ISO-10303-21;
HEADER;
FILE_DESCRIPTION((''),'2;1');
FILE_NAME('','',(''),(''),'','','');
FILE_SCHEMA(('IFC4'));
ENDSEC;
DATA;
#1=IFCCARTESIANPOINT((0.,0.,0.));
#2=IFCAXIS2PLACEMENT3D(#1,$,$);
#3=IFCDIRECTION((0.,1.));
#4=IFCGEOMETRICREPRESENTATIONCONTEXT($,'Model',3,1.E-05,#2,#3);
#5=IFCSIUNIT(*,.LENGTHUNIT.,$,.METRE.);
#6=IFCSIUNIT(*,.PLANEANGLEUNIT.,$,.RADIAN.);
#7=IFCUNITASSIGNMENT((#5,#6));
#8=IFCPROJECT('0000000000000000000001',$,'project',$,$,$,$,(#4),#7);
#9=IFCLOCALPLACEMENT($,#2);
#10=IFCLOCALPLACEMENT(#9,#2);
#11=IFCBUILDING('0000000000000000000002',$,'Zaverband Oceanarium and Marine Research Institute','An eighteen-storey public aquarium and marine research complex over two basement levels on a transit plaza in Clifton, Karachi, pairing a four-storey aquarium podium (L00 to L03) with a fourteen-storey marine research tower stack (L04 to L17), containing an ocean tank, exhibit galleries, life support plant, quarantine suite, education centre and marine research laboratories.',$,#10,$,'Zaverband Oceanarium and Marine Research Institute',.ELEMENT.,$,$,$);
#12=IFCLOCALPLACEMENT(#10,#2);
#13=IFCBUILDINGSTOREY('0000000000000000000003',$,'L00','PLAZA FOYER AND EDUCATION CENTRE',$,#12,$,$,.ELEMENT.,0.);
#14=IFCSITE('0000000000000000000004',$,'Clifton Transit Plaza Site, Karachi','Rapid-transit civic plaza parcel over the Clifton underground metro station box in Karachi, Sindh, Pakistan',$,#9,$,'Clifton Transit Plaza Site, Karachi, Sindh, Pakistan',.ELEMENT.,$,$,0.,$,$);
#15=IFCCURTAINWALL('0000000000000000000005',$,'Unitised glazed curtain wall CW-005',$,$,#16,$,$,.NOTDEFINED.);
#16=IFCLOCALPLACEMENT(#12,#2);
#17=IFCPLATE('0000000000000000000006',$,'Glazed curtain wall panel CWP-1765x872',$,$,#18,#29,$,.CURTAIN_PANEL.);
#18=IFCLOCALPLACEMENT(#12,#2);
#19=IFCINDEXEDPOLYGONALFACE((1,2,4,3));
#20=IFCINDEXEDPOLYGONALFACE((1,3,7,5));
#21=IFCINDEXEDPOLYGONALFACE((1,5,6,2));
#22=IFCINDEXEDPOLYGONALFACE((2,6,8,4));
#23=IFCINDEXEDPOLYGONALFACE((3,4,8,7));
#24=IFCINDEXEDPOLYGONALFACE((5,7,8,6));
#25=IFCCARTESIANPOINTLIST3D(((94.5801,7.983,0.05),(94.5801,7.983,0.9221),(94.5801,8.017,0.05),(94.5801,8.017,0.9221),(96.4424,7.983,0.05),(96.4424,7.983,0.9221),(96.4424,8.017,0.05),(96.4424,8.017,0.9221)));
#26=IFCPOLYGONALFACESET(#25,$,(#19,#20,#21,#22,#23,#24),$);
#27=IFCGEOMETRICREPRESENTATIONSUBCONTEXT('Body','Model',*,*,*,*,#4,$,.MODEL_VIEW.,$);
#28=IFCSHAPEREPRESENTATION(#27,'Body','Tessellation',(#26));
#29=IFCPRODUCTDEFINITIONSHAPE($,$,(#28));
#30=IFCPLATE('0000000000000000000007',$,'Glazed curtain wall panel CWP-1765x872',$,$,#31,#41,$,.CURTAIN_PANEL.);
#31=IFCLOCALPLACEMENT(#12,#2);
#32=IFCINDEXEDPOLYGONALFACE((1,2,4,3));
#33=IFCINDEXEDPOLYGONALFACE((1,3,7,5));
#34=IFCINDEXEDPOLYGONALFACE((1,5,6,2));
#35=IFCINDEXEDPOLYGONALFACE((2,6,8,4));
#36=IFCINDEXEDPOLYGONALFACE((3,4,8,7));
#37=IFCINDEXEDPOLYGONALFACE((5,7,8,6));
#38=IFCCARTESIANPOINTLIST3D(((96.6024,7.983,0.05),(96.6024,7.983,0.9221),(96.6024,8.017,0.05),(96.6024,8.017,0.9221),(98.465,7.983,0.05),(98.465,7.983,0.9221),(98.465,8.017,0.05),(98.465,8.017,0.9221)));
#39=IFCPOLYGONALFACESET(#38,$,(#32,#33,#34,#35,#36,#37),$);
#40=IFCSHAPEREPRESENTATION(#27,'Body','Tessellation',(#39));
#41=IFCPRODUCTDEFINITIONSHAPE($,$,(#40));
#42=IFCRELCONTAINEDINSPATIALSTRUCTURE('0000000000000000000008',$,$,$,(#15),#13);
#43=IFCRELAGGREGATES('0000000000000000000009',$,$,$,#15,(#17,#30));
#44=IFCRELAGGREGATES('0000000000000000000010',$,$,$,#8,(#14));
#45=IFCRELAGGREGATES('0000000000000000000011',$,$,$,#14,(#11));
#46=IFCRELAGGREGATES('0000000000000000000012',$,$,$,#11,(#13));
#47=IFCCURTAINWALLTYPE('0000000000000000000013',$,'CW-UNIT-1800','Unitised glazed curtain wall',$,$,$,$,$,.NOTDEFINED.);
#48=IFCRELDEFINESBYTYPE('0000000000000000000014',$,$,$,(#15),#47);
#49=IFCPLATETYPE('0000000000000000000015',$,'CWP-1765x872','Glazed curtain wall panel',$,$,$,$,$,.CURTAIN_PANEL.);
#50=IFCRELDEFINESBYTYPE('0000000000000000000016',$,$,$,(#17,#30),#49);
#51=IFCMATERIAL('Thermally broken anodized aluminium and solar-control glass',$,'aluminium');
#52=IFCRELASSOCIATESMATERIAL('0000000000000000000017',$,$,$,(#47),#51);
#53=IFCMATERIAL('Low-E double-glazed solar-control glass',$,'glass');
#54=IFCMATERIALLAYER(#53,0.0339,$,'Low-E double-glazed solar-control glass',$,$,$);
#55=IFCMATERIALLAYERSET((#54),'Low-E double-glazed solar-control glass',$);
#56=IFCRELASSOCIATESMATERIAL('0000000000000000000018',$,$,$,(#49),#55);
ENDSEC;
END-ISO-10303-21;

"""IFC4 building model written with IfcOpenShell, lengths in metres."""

from ifc_helpers import new_model, si_unit, direction, frame, frame_2d, origin, place, context, subcontext, project, spatial, rectangle, extrude, material, layer, layer_set, type_object, element, aggregate, save


model = new_model("IFC4")

# Units and contexts
model_context = context("Model", 3, precision=1e-05, world=origin(), true_north=direction((0.0, 1.0)))
body_context = subcontext(model_context, "Body", "Model", "MODEL_VIEW")
ifc_project = project(units=[si_unit("LENGTHUNIT", "METRE"), si_unit("PLANEANGLEUNIT", "RADIAN")], contexts=[model_context])

# Site, building, storey
site_placement = place(None, origin())
site = spatial("IfcSite", under=ifc_project, at=site_placement, Name="Clifton Transit Plaza Site, Karachi", Description="Rapid-transit civic plaza parcel over the Clifton underground metro station box in Karachi, Sindh, Pakistan", LongName="Clifton Transit Plaza Site, Karachi, Sindh, Pakistan", CompositionType="ELEMENT", RefElevation=0.0)
building_placement = place(site_placement, origin())
building = spatial("IfcBuilding", under=site, at=building_placement, Name="Zaverband Oceanarium and Marine Research Institute", Description="An eighteen-storey public aquarium and marine research complex over two basement levels on a transit plaza in Clifton, Karachi, pairing a four-storey aquarium podium (L00 to L03) with a fourteen-storey marine research tower stack (L04 to L17), containing an ocean tank, exhibit galleries, life support plant, quarantine suite, education centre and marine research laboratories.", LongName="Zaverband Oceanarium and Marine Research Institute", CompositionType="ELEMENT")
storey_placement = place(building_placement, origin())
storey = spatial("IfcBuildingStorey", under=building, at=storey_placement, Name="L00", Description="PLAZA FOYER AND EDUCATION CENTRE", CompositionType="ELEMENT", Elevation=0.0)

# Curtain wall
ifc_material_1 = material(Name="Thermally broken anodized aluminium and solar-control glass", Category="aluminium")
curtain_wall_type = type_object("IfcCurtainWallType", Name="CW-UNIT-1800", Description="Unitised glazed curtain wall", PredefinedType="NOTDEFINED", material=ifc_material_1)
curtain_wall_placement = place(storey_placement, origin())
curtain_wall = element("IfcCurtainWall", 1, at=curtain_wall_placement, inside=storey, type_object=curtain_wall_type, Name="Unitised glazed curtain wall CW-005", PredefinedType="NOTDEFINED")

# Plates
ifc_material_2 = material(Name="Low-E double-glazed solar-control glass", Category="glass")
ifc_layer_1 = layer(ifc_material_2, 0.0339, Name="Low-E double-glazed solar-control glass")
ifc_layer_set_1 = layer_set([ifc_layer_1], Name="Low-E double-glazed solar-control glass")
plate_type_1 = type_object("IfcPlateType", Name="CWP-1765x872", Description="Glazed curtain wall panel", PredefinedType="CURTAIN_PANEL", material=ifc_layer_set_1)
plate_1_placement = place(storey_placement, frame((94.5801, 8.0, 0.05), z_axis=(0.0, 0.0, 1.0), x_axis=(1.0, 0.0, 0.0)))
plate_1 = element("IfcPlate", 2, at=plate_1_placement, type_object=plate_type_1, Name="Glazed curtain wall panel CWP-1765x872", PredefinedType="CURTAIN_PANEL", context=body_context, shape_type="SweptSolid", body=[
    extrude(rectangle(XDim=1.8623, YDim=0.0339, at=frame_2d((0.9312, 0.0))), origin(), (0.0, 0.0, 1.0), 0.8721),
])
plate_2_placement = place(storey_placement, frame((96.6025, 8.0, 0.05), z_axis=(0.0, 0.0, 1.0), x_axis=(1.0, 0.0, 0.0)))
plate_2 = element("IfcPlate", 3, at=plate_2_placement, type_object=plate_type_1, Name="Glazed curtain wall panel CWP-1765x872", PredefinedType="CURTAIN_PANEL", context=body_context, shape_type="SweptSolid", body=[
    extrude(rectangle(XDim=1.8625, YDim=0.0339, at=frame_2d((0.9312, 0.0))), origin(), (0.0, 0.0, 1.0), 0.8721),
])
aggregate(curtain_wall, [plate_1, plate_2])

save(model, "model.ifc")
